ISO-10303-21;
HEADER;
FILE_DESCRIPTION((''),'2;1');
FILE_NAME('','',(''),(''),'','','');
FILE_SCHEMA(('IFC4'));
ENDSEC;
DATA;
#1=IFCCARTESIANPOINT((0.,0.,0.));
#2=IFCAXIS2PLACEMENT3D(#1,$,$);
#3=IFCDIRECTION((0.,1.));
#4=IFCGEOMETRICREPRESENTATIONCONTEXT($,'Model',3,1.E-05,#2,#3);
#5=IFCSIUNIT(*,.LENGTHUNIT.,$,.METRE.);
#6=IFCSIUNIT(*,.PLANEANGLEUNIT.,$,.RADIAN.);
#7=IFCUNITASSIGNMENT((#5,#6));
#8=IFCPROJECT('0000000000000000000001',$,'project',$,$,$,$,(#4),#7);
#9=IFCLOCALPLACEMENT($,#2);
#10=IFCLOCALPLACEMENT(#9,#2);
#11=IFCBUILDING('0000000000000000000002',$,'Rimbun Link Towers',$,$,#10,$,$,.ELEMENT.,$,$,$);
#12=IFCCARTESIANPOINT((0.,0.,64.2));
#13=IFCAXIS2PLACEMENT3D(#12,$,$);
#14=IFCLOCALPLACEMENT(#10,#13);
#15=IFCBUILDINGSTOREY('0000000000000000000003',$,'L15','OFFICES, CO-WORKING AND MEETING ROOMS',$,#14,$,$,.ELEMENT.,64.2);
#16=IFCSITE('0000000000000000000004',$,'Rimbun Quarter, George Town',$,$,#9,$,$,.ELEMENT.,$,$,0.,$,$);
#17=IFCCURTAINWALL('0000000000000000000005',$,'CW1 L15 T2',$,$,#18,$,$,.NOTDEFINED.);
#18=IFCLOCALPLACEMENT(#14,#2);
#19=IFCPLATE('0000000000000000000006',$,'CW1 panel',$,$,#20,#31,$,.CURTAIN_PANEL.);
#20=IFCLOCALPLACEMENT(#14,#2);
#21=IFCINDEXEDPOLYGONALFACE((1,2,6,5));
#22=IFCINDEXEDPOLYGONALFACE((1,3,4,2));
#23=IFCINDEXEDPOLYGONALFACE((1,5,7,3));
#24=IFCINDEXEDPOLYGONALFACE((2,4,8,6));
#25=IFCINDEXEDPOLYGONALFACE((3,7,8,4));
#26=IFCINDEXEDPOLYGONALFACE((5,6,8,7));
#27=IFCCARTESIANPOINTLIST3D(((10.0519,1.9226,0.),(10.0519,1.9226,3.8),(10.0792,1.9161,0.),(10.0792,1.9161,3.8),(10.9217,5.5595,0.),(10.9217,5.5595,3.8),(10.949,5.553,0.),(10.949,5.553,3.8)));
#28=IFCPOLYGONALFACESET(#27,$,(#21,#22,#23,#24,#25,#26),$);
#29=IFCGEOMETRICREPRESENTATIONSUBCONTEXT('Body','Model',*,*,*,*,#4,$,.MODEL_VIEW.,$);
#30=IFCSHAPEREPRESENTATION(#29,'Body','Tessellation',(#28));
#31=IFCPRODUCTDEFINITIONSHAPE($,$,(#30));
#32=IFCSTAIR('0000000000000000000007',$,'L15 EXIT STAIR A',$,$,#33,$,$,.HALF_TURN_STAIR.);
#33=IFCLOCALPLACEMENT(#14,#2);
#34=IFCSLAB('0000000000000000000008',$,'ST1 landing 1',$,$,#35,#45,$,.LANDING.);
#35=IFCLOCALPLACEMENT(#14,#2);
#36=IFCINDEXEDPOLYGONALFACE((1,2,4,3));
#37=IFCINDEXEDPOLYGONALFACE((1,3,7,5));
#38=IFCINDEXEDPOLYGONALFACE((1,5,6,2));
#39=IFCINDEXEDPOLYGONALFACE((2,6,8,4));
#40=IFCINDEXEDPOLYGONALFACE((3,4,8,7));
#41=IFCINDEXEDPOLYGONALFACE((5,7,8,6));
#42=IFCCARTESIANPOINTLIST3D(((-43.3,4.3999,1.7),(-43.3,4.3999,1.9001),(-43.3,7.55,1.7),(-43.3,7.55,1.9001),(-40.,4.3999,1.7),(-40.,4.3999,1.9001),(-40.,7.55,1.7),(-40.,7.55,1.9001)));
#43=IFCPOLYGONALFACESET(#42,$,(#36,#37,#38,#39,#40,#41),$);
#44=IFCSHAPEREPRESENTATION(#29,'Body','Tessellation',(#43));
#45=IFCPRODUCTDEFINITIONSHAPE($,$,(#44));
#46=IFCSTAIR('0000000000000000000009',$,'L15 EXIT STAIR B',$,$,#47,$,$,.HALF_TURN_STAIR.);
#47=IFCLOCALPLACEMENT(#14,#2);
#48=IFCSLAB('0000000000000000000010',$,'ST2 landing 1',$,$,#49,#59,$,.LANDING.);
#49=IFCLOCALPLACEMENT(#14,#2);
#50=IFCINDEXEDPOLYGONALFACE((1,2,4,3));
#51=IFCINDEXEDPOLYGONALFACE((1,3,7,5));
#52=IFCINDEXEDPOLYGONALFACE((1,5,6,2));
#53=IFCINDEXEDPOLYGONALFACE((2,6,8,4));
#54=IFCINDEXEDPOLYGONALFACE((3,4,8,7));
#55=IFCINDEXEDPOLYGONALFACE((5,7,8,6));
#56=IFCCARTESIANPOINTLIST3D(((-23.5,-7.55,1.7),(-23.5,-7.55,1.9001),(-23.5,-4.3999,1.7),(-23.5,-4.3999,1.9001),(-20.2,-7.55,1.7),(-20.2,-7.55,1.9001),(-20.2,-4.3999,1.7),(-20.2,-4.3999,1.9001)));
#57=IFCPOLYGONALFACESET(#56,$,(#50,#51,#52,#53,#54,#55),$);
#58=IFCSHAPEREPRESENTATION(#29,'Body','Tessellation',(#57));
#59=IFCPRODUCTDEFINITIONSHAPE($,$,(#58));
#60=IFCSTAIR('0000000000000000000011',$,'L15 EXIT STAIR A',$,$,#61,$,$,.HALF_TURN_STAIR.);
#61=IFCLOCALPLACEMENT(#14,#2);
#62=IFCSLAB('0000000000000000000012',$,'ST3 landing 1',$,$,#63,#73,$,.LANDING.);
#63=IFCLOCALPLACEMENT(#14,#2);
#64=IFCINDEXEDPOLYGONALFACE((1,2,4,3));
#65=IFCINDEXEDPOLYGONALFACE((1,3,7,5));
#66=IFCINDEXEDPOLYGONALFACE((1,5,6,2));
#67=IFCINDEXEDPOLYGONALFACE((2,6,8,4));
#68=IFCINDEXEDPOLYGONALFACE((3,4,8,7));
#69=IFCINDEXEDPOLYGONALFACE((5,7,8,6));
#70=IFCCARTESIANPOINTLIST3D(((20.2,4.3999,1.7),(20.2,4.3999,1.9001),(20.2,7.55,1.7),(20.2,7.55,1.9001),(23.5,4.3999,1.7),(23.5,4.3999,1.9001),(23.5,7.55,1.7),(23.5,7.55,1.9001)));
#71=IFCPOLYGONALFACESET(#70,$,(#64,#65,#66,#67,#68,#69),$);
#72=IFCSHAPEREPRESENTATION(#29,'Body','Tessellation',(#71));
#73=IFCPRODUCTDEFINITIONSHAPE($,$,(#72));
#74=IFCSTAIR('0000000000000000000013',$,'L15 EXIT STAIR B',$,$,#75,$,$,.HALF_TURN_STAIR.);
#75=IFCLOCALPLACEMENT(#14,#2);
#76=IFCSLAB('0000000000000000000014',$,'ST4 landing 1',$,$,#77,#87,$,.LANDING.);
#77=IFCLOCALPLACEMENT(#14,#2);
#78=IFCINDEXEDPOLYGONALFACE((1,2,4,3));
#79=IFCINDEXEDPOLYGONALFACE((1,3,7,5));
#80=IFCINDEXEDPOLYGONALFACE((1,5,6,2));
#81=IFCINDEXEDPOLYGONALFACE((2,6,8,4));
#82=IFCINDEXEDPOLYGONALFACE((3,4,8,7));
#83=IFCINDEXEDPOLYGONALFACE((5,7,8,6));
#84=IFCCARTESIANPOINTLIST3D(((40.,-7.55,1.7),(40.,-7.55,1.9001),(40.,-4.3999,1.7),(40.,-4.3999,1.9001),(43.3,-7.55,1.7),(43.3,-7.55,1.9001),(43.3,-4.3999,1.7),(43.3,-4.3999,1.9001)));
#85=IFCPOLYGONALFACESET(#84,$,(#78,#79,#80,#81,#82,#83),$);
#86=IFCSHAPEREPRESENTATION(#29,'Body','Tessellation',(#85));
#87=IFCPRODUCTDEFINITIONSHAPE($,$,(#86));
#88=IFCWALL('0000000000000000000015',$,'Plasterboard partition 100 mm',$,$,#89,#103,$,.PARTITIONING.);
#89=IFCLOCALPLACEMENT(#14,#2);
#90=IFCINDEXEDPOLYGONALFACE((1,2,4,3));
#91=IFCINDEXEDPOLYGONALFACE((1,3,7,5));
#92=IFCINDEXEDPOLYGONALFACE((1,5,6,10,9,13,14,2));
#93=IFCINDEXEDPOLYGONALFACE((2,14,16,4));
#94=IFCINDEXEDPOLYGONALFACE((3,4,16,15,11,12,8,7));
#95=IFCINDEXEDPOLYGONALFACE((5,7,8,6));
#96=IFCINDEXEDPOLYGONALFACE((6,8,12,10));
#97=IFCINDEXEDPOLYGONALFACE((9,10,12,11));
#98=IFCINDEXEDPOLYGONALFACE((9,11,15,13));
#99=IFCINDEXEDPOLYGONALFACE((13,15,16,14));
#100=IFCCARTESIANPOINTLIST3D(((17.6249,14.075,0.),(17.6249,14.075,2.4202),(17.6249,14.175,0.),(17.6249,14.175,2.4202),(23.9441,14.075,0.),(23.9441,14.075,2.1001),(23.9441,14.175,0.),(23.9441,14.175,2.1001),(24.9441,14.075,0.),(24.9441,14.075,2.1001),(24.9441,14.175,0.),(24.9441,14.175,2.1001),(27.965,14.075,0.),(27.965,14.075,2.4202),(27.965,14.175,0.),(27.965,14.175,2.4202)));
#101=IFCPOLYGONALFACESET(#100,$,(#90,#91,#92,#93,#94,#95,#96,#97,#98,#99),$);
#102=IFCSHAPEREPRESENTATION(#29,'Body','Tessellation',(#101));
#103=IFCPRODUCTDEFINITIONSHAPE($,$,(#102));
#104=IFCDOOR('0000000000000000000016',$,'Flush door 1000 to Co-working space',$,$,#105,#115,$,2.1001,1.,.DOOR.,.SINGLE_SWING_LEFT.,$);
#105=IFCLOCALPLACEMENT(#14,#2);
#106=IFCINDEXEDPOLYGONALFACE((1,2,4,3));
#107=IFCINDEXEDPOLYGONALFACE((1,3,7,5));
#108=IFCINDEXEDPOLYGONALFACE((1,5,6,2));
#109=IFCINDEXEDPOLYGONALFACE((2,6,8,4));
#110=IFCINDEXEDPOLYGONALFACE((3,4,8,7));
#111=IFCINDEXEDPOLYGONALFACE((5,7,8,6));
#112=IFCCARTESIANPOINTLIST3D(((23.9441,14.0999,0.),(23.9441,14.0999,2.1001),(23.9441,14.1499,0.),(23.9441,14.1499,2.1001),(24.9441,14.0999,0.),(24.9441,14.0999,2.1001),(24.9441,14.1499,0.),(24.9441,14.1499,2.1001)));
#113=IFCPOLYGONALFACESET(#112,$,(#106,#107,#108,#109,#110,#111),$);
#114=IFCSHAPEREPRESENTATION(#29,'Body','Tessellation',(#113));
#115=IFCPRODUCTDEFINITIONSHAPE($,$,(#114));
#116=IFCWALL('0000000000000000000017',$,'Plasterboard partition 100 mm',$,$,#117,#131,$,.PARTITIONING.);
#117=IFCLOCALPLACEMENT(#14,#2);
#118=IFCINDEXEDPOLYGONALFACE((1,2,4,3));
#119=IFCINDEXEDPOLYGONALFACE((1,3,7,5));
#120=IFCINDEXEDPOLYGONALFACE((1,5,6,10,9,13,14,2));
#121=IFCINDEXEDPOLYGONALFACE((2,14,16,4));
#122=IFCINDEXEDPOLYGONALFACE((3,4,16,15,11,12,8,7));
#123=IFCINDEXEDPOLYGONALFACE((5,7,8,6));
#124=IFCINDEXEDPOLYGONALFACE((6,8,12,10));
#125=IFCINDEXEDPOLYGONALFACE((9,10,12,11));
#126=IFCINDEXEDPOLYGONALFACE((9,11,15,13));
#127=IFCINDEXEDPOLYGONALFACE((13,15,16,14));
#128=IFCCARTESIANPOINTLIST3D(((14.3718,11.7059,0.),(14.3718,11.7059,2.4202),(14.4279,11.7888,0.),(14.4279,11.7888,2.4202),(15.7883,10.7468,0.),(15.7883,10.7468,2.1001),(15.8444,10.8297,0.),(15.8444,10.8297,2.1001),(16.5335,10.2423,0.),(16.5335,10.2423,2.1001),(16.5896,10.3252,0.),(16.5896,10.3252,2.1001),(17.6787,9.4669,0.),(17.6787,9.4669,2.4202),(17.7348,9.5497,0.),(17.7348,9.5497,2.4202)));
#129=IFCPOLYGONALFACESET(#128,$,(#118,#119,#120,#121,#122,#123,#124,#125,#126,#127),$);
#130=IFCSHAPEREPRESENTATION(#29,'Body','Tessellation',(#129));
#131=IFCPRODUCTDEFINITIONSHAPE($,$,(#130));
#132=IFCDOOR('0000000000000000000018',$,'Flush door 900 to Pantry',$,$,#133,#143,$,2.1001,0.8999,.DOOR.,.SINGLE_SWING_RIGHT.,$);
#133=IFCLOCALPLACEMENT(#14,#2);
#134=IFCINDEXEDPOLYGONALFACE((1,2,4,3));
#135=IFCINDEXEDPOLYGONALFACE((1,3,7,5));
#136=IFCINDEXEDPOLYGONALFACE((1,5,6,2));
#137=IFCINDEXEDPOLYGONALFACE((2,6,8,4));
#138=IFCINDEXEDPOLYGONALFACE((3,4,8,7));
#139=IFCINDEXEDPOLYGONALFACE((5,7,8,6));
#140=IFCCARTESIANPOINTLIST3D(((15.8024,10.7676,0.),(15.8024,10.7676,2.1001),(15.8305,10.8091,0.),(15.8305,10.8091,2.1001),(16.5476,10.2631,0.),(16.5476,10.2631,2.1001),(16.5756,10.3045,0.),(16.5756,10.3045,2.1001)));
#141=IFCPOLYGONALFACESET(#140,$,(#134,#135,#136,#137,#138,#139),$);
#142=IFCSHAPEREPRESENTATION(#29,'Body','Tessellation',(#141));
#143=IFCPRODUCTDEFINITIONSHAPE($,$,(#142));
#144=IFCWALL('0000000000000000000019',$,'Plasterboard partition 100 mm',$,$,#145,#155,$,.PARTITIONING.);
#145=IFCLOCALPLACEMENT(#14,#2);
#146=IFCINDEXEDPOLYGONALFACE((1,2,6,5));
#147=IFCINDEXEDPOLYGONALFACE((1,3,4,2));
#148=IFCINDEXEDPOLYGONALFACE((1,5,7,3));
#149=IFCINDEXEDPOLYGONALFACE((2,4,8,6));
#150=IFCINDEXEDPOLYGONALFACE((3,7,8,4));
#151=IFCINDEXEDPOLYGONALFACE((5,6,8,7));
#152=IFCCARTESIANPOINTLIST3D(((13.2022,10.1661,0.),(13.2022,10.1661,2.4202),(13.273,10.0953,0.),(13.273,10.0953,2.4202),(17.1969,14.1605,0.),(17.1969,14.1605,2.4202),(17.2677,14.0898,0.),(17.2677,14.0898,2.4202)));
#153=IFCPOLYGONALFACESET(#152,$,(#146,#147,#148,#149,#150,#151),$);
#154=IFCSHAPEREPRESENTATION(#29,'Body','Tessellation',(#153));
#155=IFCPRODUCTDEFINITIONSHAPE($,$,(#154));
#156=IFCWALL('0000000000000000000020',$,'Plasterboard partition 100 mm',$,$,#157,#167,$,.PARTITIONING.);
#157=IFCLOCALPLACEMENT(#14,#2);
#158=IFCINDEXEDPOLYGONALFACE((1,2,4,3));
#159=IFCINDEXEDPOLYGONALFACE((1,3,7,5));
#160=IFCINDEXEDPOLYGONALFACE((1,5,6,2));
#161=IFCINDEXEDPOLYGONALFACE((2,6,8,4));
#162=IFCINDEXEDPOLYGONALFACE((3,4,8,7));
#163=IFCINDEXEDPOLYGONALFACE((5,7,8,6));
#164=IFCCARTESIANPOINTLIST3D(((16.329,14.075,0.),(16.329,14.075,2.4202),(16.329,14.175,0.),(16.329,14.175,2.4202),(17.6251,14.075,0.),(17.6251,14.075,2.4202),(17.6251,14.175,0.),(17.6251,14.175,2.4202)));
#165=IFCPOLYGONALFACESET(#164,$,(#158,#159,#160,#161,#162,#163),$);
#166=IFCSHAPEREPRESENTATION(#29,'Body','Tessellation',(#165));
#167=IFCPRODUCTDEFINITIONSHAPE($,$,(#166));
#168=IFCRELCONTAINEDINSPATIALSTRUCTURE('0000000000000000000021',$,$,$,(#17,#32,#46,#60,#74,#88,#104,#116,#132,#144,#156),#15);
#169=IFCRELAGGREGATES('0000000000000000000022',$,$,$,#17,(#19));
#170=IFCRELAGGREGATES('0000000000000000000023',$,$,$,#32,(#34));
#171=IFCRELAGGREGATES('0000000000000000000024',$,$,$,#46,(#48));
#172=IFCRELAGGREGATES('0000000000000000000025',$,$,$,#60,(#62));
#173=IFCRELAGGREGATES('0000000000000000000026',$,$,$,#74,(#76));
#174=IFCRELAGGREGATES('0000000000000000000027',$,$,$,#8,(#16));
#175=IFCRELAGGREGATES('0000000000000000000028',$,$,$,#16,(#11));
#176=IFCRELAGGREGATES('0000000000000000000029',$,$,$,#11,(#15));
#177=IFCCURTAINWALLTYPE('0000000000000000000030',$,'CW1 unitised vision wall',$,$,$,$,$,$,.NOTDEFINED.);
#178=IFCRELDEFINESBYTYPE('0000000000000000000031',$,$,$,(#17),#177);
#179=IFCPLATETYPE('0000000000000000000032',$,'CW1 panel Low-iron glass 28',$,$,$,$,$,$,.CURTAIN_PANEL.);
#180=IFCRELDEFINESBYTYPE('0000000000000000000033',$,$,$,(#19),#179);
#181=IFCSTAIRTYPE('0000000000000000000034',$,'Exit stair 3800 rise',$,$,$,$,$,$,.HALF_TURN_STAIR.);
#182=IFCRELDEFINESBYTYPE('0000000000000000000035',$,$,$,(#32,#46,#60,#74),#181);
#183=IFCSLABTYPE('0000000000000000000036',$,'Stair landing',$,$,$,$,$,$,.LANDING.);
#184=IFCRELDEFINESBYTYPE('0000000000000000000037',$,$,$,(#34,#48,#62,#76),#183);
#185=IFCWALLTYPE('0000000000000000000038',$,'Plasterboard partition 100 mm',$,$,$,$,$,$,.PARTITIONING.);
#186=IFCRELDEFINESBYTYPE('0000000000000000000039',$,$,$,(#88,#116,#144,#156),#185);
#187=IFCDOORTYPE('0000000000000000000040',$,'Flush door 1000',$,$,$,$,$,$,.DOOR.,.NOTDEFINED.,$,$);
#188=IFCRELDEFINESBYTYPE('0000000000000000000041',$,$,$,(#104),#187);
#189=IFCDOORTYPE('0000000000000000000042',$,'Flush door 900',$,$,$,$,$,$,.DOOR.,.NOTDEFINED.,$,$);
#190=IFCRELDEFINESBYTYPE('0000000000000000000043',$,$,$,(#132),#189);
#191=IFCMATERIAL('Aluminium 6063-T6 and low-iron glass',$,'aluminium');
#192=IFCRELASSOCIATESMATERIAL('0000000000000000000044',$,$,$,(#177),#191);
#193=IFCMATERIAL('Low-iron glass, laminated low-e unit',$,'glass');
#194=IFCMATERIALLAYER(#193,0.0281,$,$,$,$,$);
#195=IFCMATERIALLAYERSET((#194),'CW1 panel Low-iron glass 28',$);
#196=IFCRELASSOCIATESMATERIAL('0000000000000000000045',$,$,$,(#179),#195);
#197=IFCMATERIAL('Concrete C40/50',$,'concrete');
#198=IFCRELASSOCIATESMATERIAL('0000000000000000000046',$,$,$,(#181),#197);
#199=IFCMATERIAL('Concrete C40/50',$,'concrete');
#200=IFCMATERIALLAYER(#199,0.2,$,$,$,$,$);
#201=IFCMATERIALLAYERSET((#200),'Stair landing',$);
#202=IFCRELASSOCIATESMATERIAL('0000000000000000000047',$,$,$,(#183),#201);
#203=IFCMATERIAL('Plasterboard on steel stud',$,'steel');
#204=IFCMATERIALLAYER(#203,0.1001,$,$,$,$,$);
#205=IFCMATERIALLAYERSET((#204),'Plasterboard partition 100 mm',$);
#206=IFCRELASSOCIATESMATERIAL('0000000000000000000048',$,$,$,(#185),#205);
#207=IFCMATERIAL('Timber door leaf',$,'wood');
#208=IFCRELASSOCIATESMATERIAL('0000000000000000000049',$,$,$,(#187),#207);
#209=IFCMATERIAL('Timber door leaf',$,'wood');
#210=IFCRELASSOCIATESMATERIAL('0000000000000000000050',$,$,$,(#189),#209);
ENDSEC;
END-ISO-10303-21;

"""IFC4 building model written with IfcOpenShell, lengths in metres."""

from ifc_helpers import new_model, si_unit, direction, frame, frame_2d, origin, origin_2d, place, context, subcontext, project, spatial, polyline, rectangle, outline, extrude, material, layer, layer_set, type_object, element, fill, aggregate, save


model = new_model("IFC4")

# Units and contexts
model_context = context("Model", 3, precision=1e-05, world=origin(), true_north=direction((0.0, 1.0)))
body_context = subcontext(model_context, "Body", "Model", "MODEL_VIEW")
ifc_project = project(units=[si_unit("LENGTHUNIT", "METRE"), si_unit("PLANEANGLEUNIT", "RADIAN")], contexts=[model_context])

# Site, building, storey
site_placement = place(None, origin())
site = spatial("IfcSite", under=ifc_project, at=site_placement, Name="Rimbun Quarter, George Town", CompositionType="ELEMENT", RefElevation=0.0)
building_placement = place(site_placement, origin())
building = spatial("IfcBuilding", under=site, at=building_placement, Name="Rimbun Link Towers", CompositionType="ELEMENT")
storey_placement = place(building_placement, frame((0.0, 0.0, 64.2)))
storey = spatial("IfcBuildingStorey", under=building, at=storey_placement, Name="L15", Description="OFFICES, CO-WORKING AND MEETING ROOMS", CompositionType="ELEMENT", Elevation=64.2)

# Curtain wall
ifc_material_1 = material(Name="Aluminium 6063-T6 and low-iron glass", Category="aluminium")
curtain_wall_type = type_object("IfcCurtainWallType", Name="CW1 unitised vision wall", PredefinedType="NOTDEFINED", material=ifc_material_1)
curtain_wall_placement = place(storey_placement, origin())
curtain_wall = element("IfcCurtainWall", 1, at=curtain_wall_placement, inside=storey, type_object=curtain_wall_type, Name="CW1 L15 T2", PredefinedType="NOTDEFINED")

# Plate
ifc_material_2 = material(Name="Low-iron glass, laminated low-e unit", Category="glass")
ifc_layer_1 = layer(ifc_material_2, 0.0281)
ifc_layer_set_1 = layer_set([ifc_layer_1], Name="CW1 panel Low-iron glass 28")
plate_type = type_object("IfcPlateType", Name="CW1 panel Low-iron glass 28", PredefinedType="CURTAIN_PANEL", material=ifc_layer_set_1)
plate_1_placement = place(storey_placement, frame((10.5005, 3.7378, 0.0), z_axis=(0.0, 0.0, 1.0), x_axis=(0.232601, 0.972572, 0.0)))
plate_1 = element("IfcPlate", 2, at=plate_1_placement, type_object=plate_type, Name="CW1 panel", PredefinedType="CURTAIN_PANEL", context=body_context, shape_type="SweptSolid", body=[
    extrude(rectangle(XDim=3.7395, YDim=0.0281, at=origin_2d()), origin(), (0.0, 0.0, 1.0), 3.8),
])
aggregate(curtain_wall, [plate_1])

# Stairs, slabs
ifc_material_3 = material(Name="Concrete C40/50", Category="concrete")
stair_type = type_object("IfcStairType", Name="Exit stair 3800 rise", PredefinedType="HALF_TURN_STAIR", material=ifc_material_3)
stair_1_placement = place(storey_placement, origin())
stair_1 = element("IfcStair", 3, at=stair_1_placement, inside=storey, type_object=stair_type, Name="L15 EXIT STAIR A", PredefinedType="HALF_TURN_STAIR")
ifc_material_4 = material(Name="Concrete C40/50", Category="concrete")
ifc_layer_2 = layer(ifc_material_4, 0.2)
ifc_layer_set_2 = layer_set([ifc_layer_2], Name="Stair landing")
slab_type = type_object("IfcSlabType", Name="Stair landing", PredefinedType="LANDING", material=ifc_layer_set_2)
slab_1_placement = place(storey_placement, frame((0.0, 0.0, 1.7)))
slab_1 = element("IfcSlab", 4, at=slab_1_placement, type_object=slab_type, Name="ST1 landing 1", PredefinedType="LANDING", context=body_context, shape_type="SweptSolid", body=[
    extrude(outline(polyline([(-40.0, 7.55), (-43.3, 7.55), (-43.3, 4.3999), (-40.0, 4.3999), (-40.0, 7.55)])), origin(), (0.0, 0.0, 1.0), 0.2002),
])
aggregate(stair_1, [slab_1])
stair_2_placement = place(storey_placement, origin())
stair_2 = element("IfcStair", 5, at=stair_2_placement, inside=storey, type_object=stair_type, Name="L15 EXIT STAIR B", PredefinedType="HALF_TURN_STAIR")
slab_2_placement = place(storey_placement, frame((0.0, 0.0, 1.7)))
slab_2 = element("IfcSlab", 6, at=slab_2_placement, type_object=slab_type, Name="ST2 landing 1", PredefinedType="LANDING", context=body_context, shape_type="SweptSolid", body=[
    extrude(outline(polyline([(-23.5, -7.55), (-20.2, -7.55), (-20.2, -4.3999), (-23.5, -4.3999), (-23.5, -7.55)])), origin(), (0.0, 0.0, 1.0), 0.2002),
])
aggregate(stair_2, [slab_2])
stair_3_placement = place(storey_placement, origin())
stair_3 = element("IfcStair", 7, at=stair_3_placement, inside=storey, type_object=stair_type, Name="L15 EXIT STAIR A", PredefinedType="HALF_TURN_STAIR")
slab_3_placement = place(storey_placement, frame((0.0, 0.0, 1.7)))
slab_3 = element("IfcSlab", 8, at=slab_3_placement, type_object=slab_type, Name="ST3 landing 1", PredefinedType="LANDING", context=body_context, shape_type="SweptSolid", body=[
    extrude(outline(polyline([(23.5, 7.55), (20.2, 7.55), (20.2, 4.3999), (23.5, 4.3999), (23.5, 7.55)])), origin(), (0.0, 0.0, 1.0), 0.2002),
])
aggregate(stair_3, [slab_3])
stair_4_placement = place(storey_placement, origin())
stair_4 = element("IfcStair", 9, at=stair_4_placement, inside=storey, type_object=stair_type, Name="L15 EXIT STAIR B", PredefinedType="HALF_TURN_STAIR")
slab_4_placement = place(storey_placement, frame((0.0, 0.0, 1.7)))
slab_4 = element("IfcSlab", 10, at=slab_4_placement, type_object=slab_type, Name="ST4 landing 1", PredefinedType="LANDING", context=body_context, shape_type="SweptSolid", body=[
    extrude(outline(polyline([(40.0, -7.55), (43.3, -7.55), (43.3, -4.3999), (40.0, -4.3999), (40.0, -7.55)])), origin(), (0.0, 0.0, 1.0), 0.2002),
])
aggregate(stair_4, [slab_4])

# Walls, openings, doors
ifc_material_5 = material(Name="Plasterboard on steel stud", Category="steel")
ifc_layer_3 = layer(ifc_material_5, 0.1001)
ifc_layer_set_3 = layer_set([ifc_layer_3], Name="Plasterboard partition 100 mm")
wall_type_1 = type_object("IfcWallType", Name="Plasterboard partition 100 mm", PredefinedType="PARTITIONING", material=ifc_layer_set_3)
wall_1_placement = place(storey_placement, frame((17.625, 14.125, 0.0), z_axis=(0.0, 0.0, 1.0), x_axis=(1.0, 0.0, 0.0)))
wall_1 = element("IfcWall", 11, at=wall_1_placement, inside=storey, type_object=wall_type_1, Name="Plasterboard partition 100 mm", PredefinedType="PARTITIONING", context=body_context, shape_type="SweptSolid", body=[
    extrude(rectangle(XDim=10.3401, YDim=0.1001, at=frame_2d((5.1699, 0.0))), origin(), (0.0, 0.0, 1.0), 2.4202),
])
opening_1_placement = place(wall_1_placement, frame((6.3191, 0.0, 0.0)))
opening_1 = element("IfcOpeningElement", 12, at=opening_1_placement, cuts=wall_1, PredefinedType="OPENING", context=body_context, shape_type="SweptSolid", body=[
    extrude(rectangle(XDim=1.0, YDim=2.1001, at=frame_2d((0.5, 1.05))), frame((0.0, 0.0601, 0.0), z_axis=(0.0, -1.0, 0.0), x_axis=(1.0, 0.0, 0.0)), (0.0, 0.0, 1.0), 0.1201),
])
ifc_material_6 = material(Name="Timber door leaf", Category="wood")
door_type_1 = type_object("IfcDoorType", Name="Flush door 1000", OperationType="NOTDEFINED", PredefinedType="DOOR", material=ifc_material_6)
door_1_placement = place(opening_1_placement, origin())
door_1 = element("IfcDoor", 13, at=door_1_placement, inside=storey, type_object=door_type_1, Name="Flush door 1000 to Co-working space", OperationType="SINGLE_SWING_LEFT", OverallHeight=2.1001, OverallWidth=1.0, PredefinedType="DOOR", context=body_context, shape_type="SweptSolid", body=[
    extrude(rectangle(XDim=1.0, YDim=2.1001, at=frame_2d((0.5, 1.05))), frame((0.0, 0.0249, 0.0), z_axis=(0.0, -1.0, 0.0), x_axis=(1.0, 0.0, 0.0)), (0.0, 0.0, 1.0), 0.05),
])
fill(opening_1, door_1)
wall_2_placement = place(storey_placement, frame((17.7068, 9.5083, 0.0), z_axis=(0.0, 0.0, 1.0), x_axis=(-0.828051, 0.560653, 0.0)))
wall_2 = element("IfcWall", 14, at=wall_2_placement, inside=storey, type_object=wall_type_1, Name="Plasterboard partition 100 mm", PredefinedType="PARTITIONING", context=body_context, shape_type="SweptSolid", body=[
    extrude(rectangle(XDim=3.9937, YDim=0.1001, at=frame_2d((1.9968, 0.0))), origin(), (0.0, 0.0, 1.0), 2.4202),
])
opening_2_placement = place(wall_2_placement, frame((1.3831, 0.0, 0.0)))
opening_2 = element("IfcOpeningElement", 15, at=opening_2_placement, cuts=wall_2, PredefinedType="OPENING", context=body_context, shape_type="SweptSolid", body=[
    extrude(rectangle(XDim=0.8999, YDim=2.1001, at=frame_2d((0.45, 1.05))), frame((0.0, 0.0601, 0.0), z_axis=(0.0, -1.0, 0.0), x_axis=(1.0, 0.0, 0.0)), (0.0, 0.0, 1.0), 0.1201),
])
ifc_material_7 = material(Name="Timber door leaf", Category="wood")
door_type_2 = type_object("IfcDoorType", Name="Flush door 900", OperationType="NOTDEFINED", PredefinedType="DOOR", material=ifc_material_7)
door_2_placement = place(opening_2_placement, origin())
door_2 = element("IfcDoor", 16, at=door_2_placement, inside=storey, type_object=door_type_2, Name="Flush door 900 to Pantry", OperationType="SINGLE_SWING_RIGHT", OverallHeight=2.1001, OverallWidth=0.8999, PredefinedType="DOOR", context=body_context, shape_type="SweptSolid", body=[
    extrude(rectangle(XDim=0.8999, YDim=2.1001, at=frame_2d((0.45, 1.05))), frame((0.0, 0.0249, 0.0), z_axis=(0.0, -1.0, 0.0), x_axis=(1.0, 0.0, 0.0)), (0.0, 0.0, 1.0), 0.05),
])
fill(opening_2, door_2)

# Walls
wall_3_placement = place(storey_placement, frame((13.2375, 10.1306, 0.0), z_axis=(0.0, 0.0, 1.0), x_axis=(0.707128, 0.707085, 0.0)))
element("IfcWall", 17, at=wall_3_placement, inside=storey, type_object=wall_type_1, Name="Plasterboard partition 100 mm", PredefinedType="PARTITIONING", context=body_context, shape_type="SweptSolid", body=[
    extrude(rectangle(XDim=5.6492, YDim=0.1001, at=frame_2d((2.8247, 0.0))), origin(), (0.0, 0.0, 1.0), 2.4202),
])
wall_4_placement = place(storey_placement, frame((17.625, 14.125, 0.0), z_axis=(0.0, 0.0, 1.0), x_axis=(-1.0, 0.0, 0.0)))
element("IfcWall", 18, at=wall_4_placement, inside=storey, type_object=wall_type_1, Name="Plasterboard partition 100 mm", PredefinedType="PARTITIONING", context=body_context, shape_type="SweptSolid", body=[
    extrude(rectangle(XDim=1.2961, YDim=0.1001, at=frame_2d((0.6479, 0.0))), origin(), (0.0, 0.0, 1.0), 2.4202),
])

save(model, "model.ifc")
